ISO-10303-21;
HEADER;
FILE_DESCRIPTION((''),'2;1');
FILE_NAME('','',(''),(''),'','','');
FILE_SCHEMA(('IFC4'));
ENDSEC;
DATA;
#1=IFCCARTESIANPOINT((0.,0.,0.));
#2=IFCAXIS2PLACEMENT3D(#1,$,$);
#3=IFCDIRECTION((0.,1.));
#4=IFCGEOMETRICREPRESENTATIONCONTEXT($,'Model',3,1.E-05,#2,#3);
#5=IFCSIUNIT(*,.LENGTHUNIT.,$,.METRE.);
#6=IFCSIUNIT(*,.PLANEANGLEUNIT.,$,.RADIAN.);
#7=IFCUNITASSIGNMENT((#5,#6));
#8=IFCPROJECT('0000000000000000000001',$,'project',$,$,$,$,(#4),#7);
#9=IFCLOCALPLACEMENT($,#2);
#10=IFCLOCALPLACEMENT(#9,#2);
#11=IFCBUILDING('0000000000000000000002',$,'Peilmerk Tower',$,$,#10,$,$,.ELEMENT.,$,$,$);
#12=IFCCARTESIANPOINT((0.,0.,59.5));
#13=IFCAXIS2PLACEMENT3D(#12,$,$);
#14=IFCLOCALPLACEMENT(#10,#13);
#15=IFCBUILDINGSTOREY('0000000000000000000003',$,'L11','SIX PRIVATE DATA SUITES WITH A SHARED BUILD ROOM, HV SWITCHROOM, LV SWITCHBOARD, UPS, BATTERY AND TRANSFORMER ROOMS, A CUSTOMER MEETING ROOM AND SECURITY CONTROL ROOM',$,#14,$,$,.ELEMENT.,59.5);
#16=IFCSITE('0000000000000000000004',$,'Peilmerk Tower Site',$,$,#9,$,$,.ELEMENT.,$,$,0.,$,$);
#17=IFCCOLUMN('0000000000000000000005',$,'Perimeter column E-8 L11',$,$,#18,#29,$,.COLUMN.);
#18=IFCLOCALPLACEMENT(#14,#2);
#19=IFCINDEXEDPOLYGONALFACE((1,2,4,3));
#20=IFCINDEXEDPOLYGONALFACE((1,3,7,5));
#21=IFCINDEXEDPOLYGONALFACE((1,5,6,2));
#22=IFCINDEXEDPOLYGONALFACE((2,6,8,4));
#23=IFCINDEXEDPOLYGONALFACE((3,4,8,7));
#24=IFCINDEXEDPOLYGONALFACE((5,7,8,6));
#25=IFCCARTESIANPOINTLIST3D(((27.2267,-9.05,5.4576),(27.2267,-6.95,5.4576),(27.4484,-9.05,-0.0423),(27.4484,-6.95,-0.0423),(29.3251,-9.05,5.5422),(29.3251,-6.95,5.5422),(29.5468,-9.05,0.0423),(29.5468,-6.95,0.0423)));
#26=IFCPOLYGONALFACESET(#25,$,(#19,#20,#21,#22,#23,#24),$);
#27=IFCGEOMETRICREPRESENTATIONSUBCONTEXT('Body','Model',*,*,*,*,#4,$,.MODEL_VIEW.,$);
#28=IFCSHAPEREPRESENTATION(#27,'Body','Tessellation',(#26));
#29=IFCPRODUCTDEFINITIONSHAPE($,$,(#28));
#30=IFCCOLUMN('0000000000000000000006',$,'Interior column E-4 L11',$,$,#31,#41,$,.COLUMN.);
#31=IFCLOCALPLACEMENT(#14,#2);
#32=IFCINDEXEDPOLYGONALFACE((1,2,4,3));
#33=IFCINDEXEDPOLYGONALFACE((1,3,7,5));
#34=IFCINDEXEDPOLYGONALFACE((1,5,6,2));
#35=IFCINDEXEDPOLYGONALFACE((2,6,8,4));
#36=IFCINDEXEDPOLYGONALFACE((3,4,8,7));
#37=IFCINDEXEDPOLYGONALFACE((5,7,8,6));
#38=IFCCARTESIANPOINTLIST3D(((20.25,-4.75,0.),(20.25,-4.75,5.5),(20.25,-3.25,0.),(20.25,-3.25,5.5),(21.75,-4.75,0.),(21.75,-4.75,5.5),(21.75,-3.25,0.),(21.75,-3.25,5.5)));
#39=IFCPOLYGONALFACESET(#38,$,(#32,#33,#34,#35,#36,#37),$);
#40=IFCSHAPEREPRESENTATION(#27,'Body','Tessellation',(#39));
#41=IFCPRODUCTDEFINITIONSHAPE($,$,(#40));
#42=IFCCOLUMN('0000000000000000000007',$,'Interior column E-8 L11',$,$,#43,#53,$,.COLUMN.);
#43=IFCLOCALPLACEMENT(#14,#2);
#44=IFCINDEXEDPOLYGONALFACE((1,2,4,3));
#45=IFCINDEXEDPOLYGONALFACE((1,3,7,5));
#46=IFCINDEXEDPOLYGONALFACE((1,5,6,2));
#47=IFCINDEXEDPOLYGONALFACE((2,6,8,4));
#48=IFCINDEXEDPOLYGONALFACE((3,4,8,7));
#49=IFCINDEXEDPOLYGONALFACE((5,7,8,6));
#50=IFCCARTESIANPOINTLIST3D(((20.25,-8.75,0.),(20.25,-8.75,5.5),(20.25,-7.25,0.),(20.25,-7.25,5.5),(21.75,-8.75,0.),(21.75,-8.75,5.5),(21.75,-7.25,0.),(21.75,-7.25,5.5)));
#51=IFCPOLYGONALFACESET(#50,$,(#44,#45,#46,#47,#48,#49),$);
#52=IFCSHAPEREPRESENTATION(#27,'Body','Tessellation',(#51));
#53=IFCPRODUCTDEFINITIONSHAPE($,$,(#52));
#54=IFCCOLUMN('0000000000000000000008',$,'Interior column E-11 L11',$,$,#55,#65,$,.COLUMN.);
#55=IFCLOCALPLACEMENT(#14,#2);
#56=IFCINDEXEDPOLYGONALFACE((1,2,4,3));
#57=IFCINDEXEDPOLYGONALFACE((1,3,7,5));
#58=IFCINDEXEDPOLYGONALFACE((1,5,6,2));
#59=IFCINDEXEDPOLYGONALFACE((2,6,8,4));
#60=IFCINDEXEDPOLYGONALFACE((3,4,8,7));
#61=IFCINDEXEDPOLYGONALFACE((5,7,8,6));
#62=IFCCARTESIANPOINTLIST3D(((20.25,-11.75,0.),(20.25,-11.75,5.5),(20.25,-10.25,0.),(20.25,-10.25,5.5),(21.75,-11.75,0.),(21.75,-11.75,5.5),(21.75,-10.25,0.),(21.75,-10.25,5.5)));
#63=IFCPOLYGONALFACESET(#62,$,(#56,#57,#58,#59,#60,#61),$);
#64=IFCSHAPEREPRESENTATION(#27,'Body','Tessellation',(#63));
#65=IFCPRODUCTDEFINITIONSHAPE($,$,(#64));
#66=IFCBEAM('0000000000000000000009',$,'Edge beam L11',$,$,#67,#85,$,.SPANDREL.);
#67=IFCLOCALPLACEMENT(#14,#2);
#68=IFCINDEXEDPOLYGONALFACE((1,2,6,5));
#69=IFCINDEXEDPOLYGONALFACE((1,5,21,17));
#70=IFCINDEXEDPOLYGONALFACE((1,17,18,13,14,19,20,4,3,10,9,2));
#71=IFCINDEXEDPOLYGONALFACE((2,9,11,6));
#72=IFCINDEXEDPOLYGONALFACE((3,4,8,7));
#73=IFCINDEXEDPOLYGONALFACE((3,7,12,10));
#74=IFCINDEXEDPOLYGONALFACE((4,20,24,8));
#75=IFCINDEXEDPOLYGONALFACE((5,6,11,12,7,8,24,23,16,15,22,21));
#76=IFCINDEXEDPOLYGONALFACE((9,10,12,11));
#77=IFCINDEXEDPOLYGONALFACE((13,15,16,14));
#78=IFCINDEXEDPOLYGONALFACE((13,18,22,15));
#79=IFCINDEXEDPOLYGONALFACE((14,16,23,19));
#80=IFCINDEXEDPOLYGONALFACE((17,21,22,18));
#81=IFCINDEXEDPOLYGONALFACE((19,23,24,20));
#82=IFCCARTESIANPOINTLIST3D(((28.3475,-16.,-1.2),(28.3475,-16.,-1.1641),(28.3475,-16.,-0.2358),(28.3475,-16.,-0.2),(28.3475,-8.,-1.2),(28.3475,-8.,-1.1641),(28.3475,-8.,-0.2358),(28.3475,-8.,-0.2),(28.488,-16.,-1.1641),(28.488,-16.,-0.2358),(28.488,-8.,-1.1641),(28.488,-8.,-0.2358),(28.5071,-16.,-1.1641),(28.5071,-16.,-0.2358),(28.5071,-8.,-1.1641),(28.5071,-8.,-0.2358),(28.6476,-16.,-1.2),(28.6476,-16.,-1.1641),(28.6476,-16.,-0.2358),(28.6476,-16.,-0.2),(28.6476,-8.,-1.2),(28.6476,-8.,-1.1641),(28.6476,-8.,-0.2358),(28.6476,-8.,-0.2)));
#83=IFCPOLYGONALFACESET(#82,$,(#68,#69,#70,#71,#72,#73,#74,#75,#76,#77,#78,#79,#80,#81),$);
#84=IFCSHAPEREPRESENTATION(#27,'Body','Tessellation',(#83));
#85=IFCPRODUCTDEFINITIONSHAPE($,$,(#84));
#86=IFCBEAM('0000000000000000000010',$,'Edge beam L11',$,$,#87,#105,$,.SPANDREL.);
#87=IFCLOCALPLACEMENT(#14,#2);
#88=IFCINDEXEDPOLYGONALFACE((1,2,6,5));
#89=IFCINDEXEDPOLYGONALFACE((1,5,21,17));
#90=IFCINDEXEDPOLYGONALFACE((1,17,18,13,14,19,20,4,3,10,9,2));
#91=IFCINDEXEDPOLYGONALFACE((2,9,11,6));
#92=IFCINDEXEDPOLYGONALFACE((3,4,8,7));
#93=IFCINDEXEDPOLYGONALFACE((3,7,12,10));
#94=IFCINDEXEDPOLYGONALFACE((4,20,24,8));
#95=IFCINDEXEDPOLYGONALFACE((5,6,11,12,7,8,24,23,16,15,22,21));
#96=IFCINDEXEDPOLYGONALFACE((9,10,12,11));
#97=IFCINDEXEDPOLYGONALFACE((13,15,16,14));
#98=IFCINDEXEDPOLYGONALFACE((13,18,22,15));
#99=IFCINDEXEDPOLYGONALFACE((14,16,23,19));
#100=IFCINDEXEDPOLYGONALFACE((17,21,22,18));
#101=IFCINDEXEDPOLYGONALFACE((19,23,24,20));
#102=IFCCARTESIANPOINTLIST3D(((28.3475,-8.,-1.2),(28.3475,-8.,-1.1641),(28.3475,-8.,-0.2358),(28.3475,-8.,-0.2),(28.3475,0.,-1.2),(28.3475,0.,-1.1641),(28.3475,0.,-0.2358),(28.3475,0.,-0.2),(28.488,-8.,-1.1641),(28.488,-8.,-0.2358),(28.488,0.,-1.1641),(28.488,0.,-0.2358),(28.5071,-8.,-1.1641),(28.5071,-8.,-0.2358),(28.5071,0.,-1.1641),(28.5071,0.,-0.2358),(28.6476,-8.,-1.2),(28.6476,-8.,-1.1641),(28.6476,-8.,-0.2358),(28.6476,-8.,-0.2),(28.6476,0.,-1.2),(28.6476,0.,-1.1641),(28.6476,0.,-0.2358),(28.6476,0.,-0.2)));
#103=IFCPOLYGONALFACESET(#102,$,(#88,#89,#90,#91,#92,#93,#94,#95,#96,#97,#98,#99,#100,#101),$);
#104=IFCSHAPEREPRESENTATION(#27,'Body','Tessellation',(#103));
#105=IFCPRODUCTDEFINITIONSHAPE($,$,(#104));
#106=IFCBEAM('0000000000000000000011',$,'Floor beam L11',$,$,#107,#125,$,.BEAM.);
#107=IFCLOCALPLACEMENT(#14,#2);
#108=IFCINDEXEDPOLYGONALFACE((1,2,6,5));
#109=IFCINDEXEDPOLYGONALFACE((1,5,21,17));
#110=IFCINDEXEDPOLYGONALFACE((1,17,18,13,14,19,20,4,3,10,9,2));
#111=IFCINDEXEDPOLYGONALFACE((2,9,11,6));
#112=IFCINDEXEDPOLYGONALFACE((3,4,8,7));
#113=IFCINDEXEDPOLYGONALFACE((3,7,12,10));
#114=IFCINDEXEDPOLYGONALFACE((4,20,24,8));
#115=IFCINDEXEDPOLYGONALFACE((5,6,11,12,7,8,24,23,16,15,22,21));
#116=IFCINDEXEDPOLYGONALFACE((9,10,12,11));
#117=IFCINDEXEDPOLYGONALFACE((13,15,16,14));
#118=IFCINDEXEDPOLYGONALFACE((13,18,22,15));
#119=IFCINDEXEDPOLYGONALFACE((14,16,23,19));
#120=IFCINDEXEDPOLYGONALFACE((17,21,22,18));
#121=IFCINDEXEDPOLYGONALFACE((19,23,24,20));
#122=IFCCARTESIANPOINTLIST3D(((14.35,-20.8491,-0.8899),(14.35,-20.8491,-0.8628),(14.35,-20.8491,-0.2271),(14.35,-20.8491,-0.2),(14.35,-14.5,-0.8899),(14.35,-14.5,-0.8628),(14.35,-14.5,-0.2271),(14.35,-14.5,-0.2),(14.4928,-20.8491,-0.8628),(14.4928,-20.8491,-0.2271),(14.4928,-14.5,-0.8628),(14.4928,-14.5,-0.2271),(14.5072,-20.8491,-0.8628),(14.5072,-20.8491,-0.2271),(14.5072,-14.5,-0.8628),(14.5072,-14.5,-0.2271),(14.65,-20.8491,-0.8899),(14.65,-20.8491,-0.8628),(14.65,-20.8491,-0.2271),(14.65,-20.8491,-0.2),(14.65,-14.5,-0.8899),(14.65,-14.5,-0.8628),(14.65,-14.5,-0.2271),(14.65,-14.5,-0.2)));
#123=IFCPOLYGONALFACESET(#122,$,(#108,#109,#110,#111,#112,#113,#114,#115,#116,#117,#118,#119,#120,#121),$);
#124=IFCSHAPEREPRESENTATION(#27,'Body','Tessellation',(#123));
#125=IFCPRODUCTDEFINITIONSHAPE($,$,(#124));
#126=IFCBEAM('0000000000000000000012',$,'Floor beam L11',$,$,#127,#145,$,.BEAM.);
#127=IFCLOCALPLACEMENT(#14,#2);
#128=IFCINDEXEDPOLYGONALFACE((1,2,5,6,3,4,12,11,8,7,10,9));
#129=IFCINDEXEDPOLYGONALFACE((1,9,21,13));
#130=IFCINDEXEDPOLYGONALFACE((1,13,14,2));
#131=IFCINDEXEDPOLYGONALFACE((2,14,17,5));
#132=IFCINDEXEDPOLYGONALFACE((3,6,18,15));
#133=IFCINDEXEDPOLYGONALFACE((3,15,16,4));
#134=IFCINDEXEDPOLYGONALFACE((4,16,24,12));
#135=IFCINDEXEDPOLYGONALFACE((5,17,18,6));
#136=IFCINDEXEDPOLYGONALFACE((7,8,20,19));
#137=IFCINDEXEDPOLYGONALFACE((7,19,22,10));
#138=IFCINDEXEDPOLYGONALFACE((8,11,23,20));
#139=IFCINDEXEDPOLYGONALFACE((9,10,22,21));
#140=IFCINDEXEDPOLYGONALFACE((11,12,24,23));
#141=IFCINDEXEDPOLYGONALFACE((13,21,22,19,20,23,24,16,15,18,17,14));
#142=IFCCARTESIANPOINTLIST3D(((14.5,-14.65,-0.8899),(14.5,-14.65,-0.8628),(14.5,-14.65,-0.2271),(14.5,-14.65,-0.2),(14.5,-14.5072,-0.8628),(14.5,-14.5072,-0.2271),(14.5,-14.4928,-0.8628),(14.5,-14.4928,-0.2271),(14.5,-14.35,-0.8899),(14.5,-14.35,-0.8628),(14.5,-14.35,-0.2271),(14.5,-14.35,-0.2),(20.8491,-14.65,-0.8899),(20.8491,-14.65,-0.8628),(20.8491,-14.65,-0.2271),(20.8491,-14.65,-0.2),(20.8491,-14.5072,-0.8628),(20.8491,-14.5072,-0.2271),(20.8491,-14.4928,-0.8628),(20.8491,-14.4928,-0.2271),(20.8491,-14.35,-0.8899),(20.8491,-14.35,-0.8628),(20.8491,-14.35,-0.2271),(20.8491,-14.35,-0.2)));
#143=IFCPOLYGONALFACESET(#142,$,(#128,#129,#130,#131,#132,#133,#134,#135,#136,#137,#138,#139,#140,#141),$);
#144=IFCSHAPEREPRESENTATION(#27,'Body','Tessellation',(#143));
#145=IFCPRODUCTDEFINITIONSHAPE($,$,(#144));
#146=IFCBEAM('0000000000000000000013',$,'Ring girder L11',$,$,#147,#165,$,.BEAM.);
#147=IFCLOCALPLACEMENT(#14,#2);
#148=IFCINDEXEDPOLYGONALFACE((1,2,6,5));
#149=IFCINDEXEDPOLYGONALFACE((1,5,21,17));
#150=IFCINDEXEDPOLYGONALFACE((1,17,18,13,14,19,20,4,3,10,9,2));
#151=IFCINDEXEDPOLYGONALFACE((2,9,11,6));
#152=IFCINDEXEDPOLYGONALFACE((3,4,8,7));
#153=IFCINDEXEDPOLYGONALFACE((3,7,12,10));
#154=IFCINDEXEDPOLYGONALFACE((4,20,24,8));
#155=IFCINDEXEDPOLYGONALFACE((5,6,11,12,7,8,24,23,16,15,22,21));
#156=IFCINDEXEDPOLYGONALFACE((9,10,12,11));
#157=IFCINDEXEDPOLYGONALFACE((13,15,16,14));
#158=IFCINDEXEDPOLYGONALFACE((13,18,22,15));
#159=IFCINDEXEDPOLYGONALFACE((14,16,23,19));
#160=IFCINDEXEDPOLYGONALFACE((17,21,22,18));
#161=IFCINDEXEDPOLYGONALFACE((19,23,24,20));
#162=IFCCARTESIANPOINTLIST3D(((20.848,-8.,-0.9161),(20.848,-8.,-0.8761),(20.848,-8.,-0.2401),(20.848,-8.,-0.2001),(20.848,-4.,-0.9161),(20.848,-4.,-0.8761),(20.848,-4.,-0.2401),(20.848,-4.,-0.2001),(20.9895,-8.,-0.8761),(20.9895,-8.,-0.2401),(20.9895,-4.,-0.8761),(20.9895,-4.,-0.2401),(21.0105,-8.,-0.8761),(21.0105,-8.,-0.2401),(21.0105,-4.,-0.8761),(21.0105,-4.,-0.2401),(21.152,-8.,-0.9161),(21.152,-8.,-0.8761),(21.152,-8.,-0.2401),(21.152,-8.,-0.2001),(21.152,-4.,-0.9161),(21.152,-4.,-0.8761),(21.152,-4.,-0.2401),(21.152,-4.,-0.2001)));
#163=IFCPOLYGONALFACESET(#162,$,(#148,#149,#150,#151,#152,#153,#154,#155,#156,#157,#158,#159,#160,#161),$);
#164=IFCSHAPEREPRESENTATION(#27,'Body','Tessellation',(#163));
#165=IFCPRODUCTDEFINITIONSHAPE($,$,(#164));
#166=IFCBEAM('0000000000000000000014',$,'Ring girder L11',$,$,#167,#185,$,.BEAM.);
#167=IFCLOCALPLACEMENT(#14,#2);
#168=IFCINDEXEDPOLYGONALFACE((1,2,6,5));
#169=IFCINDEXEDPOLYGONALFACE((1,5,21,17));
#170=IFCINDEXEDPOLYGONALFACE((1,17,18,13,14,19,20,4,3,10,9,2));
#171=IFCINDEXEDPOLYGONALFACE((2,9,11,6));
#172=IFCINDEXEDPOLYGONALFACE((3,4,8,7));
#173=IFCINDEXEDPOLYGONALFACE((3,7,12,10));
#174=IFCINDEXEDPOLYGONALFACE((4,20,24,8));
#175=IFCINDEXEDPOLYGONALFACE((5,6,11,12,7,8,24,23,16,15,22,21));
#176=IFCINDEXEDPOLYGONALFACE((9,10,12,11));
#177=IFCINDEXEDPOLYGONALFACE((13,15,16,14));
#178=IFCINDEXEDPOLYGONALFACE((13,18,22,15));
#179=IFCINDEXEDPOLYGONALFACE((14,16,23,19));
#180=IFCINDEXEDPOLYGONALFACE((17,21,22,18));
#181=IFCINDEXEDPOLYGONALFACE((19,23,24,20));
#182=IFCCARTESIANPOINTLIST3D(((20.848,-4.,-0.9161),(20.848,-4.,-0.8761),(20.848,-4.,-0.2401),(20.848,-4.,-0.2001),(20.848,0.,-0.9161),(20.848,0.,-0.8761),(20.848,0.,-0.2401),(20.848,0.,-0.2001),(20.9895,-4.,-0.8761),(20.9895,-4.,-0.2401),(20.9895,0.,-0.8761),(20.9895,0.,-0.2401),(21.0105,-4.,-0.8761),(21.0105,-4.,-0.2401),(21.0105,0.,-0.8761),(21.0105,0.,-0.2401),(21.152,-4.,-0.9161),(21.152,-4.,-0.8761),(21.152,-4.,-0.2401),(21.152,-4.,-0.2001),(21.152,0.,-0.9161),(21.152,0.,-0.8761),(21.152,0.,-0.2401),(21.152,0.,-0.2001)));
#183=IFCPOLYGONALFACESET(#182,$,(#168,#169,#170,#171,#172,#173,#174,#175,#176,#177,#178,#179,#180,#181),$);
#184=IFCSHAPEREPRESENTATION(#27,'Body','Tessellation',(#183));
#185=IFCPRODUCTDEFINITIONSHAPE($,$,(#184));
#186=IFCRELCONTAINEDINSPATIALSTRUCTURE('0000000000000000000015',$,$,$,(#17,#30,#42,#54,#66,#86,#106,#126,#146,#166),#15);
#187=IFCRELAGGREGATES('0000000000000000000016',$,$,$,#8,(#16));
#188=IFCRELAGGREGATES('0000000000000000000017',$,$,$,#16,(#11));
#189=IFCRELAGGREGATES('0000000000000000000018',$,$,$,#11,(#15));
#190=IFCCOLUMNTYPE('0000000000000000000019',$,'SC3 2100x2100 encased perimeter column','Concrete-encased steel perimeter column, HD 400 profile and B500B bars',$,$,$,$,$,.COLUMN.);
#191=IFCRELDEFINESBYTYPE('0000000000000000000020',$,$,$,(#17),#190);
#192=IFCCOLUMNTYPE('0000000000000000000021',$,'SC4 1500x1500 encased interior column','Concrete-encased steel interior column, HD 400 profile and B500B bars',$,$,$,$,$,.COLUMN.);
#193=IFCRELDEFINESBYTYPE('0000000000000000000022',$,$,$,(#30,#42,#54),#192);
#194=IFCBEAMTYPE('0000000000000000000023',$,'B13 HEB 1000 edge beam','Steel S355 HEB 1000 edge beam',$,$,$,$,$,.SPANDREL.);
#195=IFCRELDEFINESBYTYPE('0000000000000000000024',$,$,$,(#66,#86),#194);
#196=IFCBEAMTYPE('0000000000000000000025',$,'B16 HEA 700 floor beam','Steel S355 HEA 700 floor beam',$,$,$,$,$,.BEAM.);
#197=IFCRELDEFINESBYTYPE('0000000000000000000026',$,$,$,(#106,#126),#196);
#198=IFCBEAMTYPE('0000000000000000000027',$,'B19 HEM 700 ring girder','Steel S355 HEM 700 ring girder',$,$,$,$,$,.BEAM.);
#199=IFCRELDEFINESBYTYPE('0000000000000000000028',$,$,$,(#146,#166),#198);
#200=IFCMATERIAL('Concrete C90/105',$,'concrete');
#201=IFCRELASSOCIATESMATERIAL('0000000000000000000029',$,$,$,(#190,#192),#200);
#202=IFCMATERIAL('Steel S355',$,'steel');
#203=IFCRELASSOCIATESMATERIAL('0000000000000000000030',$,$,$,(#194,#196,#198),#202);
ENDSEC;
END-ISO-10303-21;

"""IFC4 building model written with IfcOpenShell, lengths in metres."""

from ifc_helpers import new_model, si_unit, direction, frame, origin, origin_2d, place, context, subcontext, project, spatial, rectangle, i_section, extrude, material, material_profile, profile_set, type_object, element, save


model = new_model("IFC4")

# Units and contexts
model_context = context("Model", 3, precision=1e-05, world=origin(), true_north=direction((0.0, 1.0)))
body_context = subcontext(model_context, "Body", "Model", "MODEL_VIEW")
ifc_project = project(units=[si_unit("LENGTHUNIT", "METRE"), si_unit("PLANEANGLEUNIT", "RADIAN")], contexts=[model_context])

# Site, building, storey
site_placement = place(None, origin())
site = spatial("IfcSite", under=ifc_project, at=site_placement, Name="Peilmerk Tower Site", CompositionType="ELEMENT", RefElevation=0.0)
building_placement = place(site_placement, origin())
building = spatial("IfcBuilding", under=site, at=building_placement, Name="Peilmerk Tower", CompositionType="ELEMENT")
storey_placement = place(building_placement, frame((0.0, 0.0, 59.5)))
storey = spatial("IfcBuildingStorey", under=building, at=storey_placement, Name="L11", Description="SIX PRIVATE DATA SUITES WITH A SHARED BUILD ROOM, HV SWITCHROOM, LV SWITCHBOARD, UPS, BATTERY AND TRANSFORMER ROOMS, A CUSTOMER MEETING ROOM AND SECURITY CONTROL ROOM", CompositionType="ELEMENT", Elevation=59.5)

# Columns
ifc_material_1 = material(Name="Concrete C90/105", Category="concrete")
ifc_material_profile_1 = material_profile(ifc_material_1, rectangle(XDim=2.1001, YDim=2.1001, at=origin_2d()), Name="RC 2100x2100")
ifc_profile_set_1 = profile_set([ifc_material_profile_1], Name="Concrete C90/105")
column_type_1 = type_object("IfcColumnType", Name="SC3 2100x2100 encased perimeter column", Description="Concrete-encased steel perimeter column, HD 400 profile and B500B bars", PredefinedType="COLUMN", material=ifc_profile_set_1)
column_placement = place(storey_placement, frame((28.4976, -8.0, 0.0), z_axis=(-0.040273, 0.0, 0.999189), x_axis=(0.0, -1.0, 0.0)))
element("IfcColumn", 1, at=column_placement, inside=storey, type_object=column_type_1, Name="Perimeter column E-8 L11", PredefinedType="COLUMN", context=body_context, shape_type="SweptSolid", body=[
    extrude(rectangle(XDim=2.1001, YDim=2.1001, at=origin_2d()), origin(), (0.0, 0.0, 1.0), 5.5044),
])
ifc_material_profile_2 = material_profile(ifc_material_1, rectangle(XDim=1.5, YDim=1.5, at=origin_2d()), Name="RC 1500x1500")
ifc_profile_set_2 = profile_set([ifc_material_profile_2], Name="Concrete C90/105")
column_type_2 = type_object("IfcColumnType", Name="SC4 1500x1500 encased interior column", Description="Concrete-encased steel interior column, HD 400 profile and B500B bars", PredefinedType="COLUMN", material=ifc_profile_set_2)
for number, where, z_axis, x_axis, name in (
    (2, (21.0, -4.0, 0.0), (0.0, 0.0, 1.0), (1.0, 0.0, 0.0), "Interior column E-4 L11"),
    (3, (21.0, -8.0, 0.0), (0.0, 0.0, 1.0), (1.0, 0.0, 0.0), "Interior column E-8 L11"),
    (4, (21.0, -11.0, 0.0), (0.0, 0.0, 1.0), (1.0, 0.0, 0.0), "Interior column E-11 L11"),
):
    element("IfcColumn", number, at=place(storey_placement, frame(where, z_axis=z_axis, x_axis=x_axis)), inside=storey, type_object=column_type_2, Name=name, PredefinedType="COLUMN", context=body_context, shape_type="SweptSolid", body=[
        extrude(rectangle(XDim=1.5, YDim=1.5, at=origin_2d()), origin(), (0.0, 0.0, 1.0), 5.5),
    ])

# Beams
ifc_material_2 = material(Name="Steel S355", Category="steel")
ifc_material_profile_3 = material_profile(ifc_material_2, i_section(OverallWidth=0.3, OverallDepth=1.0, WebThickness=0.019, FlangeThickness=0.0359, at=origin_2d()), Name="HEB 1000")
ifc_profile_set_3 = profile_set([ifc_material_profile_3], Name="Steel S355")
beam_type_1 = type_object("IfcBeamType", Name="B13 HEB 1000 edge beam", Description="Steel S355 HEB 1000 edge beam", PredefinedType="SPANDREL", material=ifc_profile_set_3)
for number, where, z_axis, x_axis, name in (
    (5, (28.4976, -16.0, -0.7), (0.0, 1.0, 0.0), (-1.0, 0.0, 0.0), "Edge beam L11"),
    (6, (28.4976, -8.0, -0.7), (0.0, 1.0, 0.0), (-1.0, 0.0, 0.0), "Edge beam L11"),
):
    element("IfcBeam", number, at=place(storey_placement, frame(where, z_axis=z_axis, x_axis=x_axis)), inside=storey, type_object=beam_type_1, Name=name, PredefinedType="SPANDREL", context=body_context, shape_type="SweptSolid", body=[
        extrude(i_section(OverallWidth=0.3, OverallDepth=1.0, WebThickness=0.019, FlangeThickness=0.0359, at=origin_2d()), origin(), (0.0, 0.0, 1.0), 8.0),
    ])
ifc_material_profile_4 = material_profile(ifc_material_2, i_section(OverallWidth=0.3, OverallDepth=0.6899, WebThickness=0.0144, FlangeThickness=0.0271, at=origin_2d()), Name="HEA 700")
ifc_profile_set_4 = profile_set([ifc_material_profile_4], Name="Steel S355")
beam_type_2 = type_object("IfcBeamType", Name="B16 HEA 700 floor beam", Description="Steel S355 HEA 700 floor beam", PredefinedType="BEAM", material=ifc_profile_set_4)
for number, where, z_axis, x_axis, name in (
    (7, (14.5, -14.5, -0.5449), (0.0, -1.0, 0.0), (1.0, 0.0, 0.0), "Floor beam L11"),
    (8, (14.5, -14.5, -0.5449), (1.0, 0.0, 0.0), (0.0, 1.0, 0.0), "Floor beam L11"),
):
    element("IfcBeam", number, at=place(storey_placement, frame(where, z_axis=z_axis, x_axis=x_axis)), inside=storey, type_object=beam_type_2, Name=name, PredefinedType="BEAM", context=body_context, shape_type="SweptSolid", body=[
        extrude(i_section(OverallWidth=0.3, OverallDepth=0.6899, WebThickness=0.0144, FlangeThickness=0.0271, at=origin_2d()), origin(), (0.0, 0.0, 1.0), 6.3491),
    ])
ifc_material_profile_5 = material_profile(ifc_material_2, i_section(OverallWidth=0.304, OverallDepth=0.7161, WebThickness=0.021, FlangeThickness=0.04, at=origin_2d()), Name="HEM 700")
ifc_profile_set_5 = profile_set([ifc_material_profile_5], Name="Steel S355")
beam_type_3 = type_object("IfcBeamType", Name="B19 HEM 700 ring girder", Description="Steel S355 HEM 700 ring girder", PredefinedType="BEAM", material=ifc_profile_set_5)
for number, where, z_axis, x_axis, name in (
    (9, (21.0, -8.0, -0.5581), (0.0, 1.0, 0.0), (-1.0, 0.0, 0.0), "Ring girder L11"),
    (10, (21.0, -4.0, -0.5581), (0.0, 1.0, 0.0), (-1.0, 0.0, 0.0), "Ring girder L11"),
):
    element("IfcBeam", number, at=place(storey_placement, frame(where, z_axis=z_axis, x_axis=x_axis)), inside=storey, type_object=beam_type_3, Name=name, PredefinedType="BEAM", context=body_context, shape_type="SweptSolid", body=[
        extrude(i_section(OverallWidth=0.304, OverallDepth=0.7161, WebThickness=0.021, FlangeThickness=0.04, at=origin_2d()), origin(), (0.0, 0.0, 1.0), 4.0),
    ])

save(model, "model.ifc")
